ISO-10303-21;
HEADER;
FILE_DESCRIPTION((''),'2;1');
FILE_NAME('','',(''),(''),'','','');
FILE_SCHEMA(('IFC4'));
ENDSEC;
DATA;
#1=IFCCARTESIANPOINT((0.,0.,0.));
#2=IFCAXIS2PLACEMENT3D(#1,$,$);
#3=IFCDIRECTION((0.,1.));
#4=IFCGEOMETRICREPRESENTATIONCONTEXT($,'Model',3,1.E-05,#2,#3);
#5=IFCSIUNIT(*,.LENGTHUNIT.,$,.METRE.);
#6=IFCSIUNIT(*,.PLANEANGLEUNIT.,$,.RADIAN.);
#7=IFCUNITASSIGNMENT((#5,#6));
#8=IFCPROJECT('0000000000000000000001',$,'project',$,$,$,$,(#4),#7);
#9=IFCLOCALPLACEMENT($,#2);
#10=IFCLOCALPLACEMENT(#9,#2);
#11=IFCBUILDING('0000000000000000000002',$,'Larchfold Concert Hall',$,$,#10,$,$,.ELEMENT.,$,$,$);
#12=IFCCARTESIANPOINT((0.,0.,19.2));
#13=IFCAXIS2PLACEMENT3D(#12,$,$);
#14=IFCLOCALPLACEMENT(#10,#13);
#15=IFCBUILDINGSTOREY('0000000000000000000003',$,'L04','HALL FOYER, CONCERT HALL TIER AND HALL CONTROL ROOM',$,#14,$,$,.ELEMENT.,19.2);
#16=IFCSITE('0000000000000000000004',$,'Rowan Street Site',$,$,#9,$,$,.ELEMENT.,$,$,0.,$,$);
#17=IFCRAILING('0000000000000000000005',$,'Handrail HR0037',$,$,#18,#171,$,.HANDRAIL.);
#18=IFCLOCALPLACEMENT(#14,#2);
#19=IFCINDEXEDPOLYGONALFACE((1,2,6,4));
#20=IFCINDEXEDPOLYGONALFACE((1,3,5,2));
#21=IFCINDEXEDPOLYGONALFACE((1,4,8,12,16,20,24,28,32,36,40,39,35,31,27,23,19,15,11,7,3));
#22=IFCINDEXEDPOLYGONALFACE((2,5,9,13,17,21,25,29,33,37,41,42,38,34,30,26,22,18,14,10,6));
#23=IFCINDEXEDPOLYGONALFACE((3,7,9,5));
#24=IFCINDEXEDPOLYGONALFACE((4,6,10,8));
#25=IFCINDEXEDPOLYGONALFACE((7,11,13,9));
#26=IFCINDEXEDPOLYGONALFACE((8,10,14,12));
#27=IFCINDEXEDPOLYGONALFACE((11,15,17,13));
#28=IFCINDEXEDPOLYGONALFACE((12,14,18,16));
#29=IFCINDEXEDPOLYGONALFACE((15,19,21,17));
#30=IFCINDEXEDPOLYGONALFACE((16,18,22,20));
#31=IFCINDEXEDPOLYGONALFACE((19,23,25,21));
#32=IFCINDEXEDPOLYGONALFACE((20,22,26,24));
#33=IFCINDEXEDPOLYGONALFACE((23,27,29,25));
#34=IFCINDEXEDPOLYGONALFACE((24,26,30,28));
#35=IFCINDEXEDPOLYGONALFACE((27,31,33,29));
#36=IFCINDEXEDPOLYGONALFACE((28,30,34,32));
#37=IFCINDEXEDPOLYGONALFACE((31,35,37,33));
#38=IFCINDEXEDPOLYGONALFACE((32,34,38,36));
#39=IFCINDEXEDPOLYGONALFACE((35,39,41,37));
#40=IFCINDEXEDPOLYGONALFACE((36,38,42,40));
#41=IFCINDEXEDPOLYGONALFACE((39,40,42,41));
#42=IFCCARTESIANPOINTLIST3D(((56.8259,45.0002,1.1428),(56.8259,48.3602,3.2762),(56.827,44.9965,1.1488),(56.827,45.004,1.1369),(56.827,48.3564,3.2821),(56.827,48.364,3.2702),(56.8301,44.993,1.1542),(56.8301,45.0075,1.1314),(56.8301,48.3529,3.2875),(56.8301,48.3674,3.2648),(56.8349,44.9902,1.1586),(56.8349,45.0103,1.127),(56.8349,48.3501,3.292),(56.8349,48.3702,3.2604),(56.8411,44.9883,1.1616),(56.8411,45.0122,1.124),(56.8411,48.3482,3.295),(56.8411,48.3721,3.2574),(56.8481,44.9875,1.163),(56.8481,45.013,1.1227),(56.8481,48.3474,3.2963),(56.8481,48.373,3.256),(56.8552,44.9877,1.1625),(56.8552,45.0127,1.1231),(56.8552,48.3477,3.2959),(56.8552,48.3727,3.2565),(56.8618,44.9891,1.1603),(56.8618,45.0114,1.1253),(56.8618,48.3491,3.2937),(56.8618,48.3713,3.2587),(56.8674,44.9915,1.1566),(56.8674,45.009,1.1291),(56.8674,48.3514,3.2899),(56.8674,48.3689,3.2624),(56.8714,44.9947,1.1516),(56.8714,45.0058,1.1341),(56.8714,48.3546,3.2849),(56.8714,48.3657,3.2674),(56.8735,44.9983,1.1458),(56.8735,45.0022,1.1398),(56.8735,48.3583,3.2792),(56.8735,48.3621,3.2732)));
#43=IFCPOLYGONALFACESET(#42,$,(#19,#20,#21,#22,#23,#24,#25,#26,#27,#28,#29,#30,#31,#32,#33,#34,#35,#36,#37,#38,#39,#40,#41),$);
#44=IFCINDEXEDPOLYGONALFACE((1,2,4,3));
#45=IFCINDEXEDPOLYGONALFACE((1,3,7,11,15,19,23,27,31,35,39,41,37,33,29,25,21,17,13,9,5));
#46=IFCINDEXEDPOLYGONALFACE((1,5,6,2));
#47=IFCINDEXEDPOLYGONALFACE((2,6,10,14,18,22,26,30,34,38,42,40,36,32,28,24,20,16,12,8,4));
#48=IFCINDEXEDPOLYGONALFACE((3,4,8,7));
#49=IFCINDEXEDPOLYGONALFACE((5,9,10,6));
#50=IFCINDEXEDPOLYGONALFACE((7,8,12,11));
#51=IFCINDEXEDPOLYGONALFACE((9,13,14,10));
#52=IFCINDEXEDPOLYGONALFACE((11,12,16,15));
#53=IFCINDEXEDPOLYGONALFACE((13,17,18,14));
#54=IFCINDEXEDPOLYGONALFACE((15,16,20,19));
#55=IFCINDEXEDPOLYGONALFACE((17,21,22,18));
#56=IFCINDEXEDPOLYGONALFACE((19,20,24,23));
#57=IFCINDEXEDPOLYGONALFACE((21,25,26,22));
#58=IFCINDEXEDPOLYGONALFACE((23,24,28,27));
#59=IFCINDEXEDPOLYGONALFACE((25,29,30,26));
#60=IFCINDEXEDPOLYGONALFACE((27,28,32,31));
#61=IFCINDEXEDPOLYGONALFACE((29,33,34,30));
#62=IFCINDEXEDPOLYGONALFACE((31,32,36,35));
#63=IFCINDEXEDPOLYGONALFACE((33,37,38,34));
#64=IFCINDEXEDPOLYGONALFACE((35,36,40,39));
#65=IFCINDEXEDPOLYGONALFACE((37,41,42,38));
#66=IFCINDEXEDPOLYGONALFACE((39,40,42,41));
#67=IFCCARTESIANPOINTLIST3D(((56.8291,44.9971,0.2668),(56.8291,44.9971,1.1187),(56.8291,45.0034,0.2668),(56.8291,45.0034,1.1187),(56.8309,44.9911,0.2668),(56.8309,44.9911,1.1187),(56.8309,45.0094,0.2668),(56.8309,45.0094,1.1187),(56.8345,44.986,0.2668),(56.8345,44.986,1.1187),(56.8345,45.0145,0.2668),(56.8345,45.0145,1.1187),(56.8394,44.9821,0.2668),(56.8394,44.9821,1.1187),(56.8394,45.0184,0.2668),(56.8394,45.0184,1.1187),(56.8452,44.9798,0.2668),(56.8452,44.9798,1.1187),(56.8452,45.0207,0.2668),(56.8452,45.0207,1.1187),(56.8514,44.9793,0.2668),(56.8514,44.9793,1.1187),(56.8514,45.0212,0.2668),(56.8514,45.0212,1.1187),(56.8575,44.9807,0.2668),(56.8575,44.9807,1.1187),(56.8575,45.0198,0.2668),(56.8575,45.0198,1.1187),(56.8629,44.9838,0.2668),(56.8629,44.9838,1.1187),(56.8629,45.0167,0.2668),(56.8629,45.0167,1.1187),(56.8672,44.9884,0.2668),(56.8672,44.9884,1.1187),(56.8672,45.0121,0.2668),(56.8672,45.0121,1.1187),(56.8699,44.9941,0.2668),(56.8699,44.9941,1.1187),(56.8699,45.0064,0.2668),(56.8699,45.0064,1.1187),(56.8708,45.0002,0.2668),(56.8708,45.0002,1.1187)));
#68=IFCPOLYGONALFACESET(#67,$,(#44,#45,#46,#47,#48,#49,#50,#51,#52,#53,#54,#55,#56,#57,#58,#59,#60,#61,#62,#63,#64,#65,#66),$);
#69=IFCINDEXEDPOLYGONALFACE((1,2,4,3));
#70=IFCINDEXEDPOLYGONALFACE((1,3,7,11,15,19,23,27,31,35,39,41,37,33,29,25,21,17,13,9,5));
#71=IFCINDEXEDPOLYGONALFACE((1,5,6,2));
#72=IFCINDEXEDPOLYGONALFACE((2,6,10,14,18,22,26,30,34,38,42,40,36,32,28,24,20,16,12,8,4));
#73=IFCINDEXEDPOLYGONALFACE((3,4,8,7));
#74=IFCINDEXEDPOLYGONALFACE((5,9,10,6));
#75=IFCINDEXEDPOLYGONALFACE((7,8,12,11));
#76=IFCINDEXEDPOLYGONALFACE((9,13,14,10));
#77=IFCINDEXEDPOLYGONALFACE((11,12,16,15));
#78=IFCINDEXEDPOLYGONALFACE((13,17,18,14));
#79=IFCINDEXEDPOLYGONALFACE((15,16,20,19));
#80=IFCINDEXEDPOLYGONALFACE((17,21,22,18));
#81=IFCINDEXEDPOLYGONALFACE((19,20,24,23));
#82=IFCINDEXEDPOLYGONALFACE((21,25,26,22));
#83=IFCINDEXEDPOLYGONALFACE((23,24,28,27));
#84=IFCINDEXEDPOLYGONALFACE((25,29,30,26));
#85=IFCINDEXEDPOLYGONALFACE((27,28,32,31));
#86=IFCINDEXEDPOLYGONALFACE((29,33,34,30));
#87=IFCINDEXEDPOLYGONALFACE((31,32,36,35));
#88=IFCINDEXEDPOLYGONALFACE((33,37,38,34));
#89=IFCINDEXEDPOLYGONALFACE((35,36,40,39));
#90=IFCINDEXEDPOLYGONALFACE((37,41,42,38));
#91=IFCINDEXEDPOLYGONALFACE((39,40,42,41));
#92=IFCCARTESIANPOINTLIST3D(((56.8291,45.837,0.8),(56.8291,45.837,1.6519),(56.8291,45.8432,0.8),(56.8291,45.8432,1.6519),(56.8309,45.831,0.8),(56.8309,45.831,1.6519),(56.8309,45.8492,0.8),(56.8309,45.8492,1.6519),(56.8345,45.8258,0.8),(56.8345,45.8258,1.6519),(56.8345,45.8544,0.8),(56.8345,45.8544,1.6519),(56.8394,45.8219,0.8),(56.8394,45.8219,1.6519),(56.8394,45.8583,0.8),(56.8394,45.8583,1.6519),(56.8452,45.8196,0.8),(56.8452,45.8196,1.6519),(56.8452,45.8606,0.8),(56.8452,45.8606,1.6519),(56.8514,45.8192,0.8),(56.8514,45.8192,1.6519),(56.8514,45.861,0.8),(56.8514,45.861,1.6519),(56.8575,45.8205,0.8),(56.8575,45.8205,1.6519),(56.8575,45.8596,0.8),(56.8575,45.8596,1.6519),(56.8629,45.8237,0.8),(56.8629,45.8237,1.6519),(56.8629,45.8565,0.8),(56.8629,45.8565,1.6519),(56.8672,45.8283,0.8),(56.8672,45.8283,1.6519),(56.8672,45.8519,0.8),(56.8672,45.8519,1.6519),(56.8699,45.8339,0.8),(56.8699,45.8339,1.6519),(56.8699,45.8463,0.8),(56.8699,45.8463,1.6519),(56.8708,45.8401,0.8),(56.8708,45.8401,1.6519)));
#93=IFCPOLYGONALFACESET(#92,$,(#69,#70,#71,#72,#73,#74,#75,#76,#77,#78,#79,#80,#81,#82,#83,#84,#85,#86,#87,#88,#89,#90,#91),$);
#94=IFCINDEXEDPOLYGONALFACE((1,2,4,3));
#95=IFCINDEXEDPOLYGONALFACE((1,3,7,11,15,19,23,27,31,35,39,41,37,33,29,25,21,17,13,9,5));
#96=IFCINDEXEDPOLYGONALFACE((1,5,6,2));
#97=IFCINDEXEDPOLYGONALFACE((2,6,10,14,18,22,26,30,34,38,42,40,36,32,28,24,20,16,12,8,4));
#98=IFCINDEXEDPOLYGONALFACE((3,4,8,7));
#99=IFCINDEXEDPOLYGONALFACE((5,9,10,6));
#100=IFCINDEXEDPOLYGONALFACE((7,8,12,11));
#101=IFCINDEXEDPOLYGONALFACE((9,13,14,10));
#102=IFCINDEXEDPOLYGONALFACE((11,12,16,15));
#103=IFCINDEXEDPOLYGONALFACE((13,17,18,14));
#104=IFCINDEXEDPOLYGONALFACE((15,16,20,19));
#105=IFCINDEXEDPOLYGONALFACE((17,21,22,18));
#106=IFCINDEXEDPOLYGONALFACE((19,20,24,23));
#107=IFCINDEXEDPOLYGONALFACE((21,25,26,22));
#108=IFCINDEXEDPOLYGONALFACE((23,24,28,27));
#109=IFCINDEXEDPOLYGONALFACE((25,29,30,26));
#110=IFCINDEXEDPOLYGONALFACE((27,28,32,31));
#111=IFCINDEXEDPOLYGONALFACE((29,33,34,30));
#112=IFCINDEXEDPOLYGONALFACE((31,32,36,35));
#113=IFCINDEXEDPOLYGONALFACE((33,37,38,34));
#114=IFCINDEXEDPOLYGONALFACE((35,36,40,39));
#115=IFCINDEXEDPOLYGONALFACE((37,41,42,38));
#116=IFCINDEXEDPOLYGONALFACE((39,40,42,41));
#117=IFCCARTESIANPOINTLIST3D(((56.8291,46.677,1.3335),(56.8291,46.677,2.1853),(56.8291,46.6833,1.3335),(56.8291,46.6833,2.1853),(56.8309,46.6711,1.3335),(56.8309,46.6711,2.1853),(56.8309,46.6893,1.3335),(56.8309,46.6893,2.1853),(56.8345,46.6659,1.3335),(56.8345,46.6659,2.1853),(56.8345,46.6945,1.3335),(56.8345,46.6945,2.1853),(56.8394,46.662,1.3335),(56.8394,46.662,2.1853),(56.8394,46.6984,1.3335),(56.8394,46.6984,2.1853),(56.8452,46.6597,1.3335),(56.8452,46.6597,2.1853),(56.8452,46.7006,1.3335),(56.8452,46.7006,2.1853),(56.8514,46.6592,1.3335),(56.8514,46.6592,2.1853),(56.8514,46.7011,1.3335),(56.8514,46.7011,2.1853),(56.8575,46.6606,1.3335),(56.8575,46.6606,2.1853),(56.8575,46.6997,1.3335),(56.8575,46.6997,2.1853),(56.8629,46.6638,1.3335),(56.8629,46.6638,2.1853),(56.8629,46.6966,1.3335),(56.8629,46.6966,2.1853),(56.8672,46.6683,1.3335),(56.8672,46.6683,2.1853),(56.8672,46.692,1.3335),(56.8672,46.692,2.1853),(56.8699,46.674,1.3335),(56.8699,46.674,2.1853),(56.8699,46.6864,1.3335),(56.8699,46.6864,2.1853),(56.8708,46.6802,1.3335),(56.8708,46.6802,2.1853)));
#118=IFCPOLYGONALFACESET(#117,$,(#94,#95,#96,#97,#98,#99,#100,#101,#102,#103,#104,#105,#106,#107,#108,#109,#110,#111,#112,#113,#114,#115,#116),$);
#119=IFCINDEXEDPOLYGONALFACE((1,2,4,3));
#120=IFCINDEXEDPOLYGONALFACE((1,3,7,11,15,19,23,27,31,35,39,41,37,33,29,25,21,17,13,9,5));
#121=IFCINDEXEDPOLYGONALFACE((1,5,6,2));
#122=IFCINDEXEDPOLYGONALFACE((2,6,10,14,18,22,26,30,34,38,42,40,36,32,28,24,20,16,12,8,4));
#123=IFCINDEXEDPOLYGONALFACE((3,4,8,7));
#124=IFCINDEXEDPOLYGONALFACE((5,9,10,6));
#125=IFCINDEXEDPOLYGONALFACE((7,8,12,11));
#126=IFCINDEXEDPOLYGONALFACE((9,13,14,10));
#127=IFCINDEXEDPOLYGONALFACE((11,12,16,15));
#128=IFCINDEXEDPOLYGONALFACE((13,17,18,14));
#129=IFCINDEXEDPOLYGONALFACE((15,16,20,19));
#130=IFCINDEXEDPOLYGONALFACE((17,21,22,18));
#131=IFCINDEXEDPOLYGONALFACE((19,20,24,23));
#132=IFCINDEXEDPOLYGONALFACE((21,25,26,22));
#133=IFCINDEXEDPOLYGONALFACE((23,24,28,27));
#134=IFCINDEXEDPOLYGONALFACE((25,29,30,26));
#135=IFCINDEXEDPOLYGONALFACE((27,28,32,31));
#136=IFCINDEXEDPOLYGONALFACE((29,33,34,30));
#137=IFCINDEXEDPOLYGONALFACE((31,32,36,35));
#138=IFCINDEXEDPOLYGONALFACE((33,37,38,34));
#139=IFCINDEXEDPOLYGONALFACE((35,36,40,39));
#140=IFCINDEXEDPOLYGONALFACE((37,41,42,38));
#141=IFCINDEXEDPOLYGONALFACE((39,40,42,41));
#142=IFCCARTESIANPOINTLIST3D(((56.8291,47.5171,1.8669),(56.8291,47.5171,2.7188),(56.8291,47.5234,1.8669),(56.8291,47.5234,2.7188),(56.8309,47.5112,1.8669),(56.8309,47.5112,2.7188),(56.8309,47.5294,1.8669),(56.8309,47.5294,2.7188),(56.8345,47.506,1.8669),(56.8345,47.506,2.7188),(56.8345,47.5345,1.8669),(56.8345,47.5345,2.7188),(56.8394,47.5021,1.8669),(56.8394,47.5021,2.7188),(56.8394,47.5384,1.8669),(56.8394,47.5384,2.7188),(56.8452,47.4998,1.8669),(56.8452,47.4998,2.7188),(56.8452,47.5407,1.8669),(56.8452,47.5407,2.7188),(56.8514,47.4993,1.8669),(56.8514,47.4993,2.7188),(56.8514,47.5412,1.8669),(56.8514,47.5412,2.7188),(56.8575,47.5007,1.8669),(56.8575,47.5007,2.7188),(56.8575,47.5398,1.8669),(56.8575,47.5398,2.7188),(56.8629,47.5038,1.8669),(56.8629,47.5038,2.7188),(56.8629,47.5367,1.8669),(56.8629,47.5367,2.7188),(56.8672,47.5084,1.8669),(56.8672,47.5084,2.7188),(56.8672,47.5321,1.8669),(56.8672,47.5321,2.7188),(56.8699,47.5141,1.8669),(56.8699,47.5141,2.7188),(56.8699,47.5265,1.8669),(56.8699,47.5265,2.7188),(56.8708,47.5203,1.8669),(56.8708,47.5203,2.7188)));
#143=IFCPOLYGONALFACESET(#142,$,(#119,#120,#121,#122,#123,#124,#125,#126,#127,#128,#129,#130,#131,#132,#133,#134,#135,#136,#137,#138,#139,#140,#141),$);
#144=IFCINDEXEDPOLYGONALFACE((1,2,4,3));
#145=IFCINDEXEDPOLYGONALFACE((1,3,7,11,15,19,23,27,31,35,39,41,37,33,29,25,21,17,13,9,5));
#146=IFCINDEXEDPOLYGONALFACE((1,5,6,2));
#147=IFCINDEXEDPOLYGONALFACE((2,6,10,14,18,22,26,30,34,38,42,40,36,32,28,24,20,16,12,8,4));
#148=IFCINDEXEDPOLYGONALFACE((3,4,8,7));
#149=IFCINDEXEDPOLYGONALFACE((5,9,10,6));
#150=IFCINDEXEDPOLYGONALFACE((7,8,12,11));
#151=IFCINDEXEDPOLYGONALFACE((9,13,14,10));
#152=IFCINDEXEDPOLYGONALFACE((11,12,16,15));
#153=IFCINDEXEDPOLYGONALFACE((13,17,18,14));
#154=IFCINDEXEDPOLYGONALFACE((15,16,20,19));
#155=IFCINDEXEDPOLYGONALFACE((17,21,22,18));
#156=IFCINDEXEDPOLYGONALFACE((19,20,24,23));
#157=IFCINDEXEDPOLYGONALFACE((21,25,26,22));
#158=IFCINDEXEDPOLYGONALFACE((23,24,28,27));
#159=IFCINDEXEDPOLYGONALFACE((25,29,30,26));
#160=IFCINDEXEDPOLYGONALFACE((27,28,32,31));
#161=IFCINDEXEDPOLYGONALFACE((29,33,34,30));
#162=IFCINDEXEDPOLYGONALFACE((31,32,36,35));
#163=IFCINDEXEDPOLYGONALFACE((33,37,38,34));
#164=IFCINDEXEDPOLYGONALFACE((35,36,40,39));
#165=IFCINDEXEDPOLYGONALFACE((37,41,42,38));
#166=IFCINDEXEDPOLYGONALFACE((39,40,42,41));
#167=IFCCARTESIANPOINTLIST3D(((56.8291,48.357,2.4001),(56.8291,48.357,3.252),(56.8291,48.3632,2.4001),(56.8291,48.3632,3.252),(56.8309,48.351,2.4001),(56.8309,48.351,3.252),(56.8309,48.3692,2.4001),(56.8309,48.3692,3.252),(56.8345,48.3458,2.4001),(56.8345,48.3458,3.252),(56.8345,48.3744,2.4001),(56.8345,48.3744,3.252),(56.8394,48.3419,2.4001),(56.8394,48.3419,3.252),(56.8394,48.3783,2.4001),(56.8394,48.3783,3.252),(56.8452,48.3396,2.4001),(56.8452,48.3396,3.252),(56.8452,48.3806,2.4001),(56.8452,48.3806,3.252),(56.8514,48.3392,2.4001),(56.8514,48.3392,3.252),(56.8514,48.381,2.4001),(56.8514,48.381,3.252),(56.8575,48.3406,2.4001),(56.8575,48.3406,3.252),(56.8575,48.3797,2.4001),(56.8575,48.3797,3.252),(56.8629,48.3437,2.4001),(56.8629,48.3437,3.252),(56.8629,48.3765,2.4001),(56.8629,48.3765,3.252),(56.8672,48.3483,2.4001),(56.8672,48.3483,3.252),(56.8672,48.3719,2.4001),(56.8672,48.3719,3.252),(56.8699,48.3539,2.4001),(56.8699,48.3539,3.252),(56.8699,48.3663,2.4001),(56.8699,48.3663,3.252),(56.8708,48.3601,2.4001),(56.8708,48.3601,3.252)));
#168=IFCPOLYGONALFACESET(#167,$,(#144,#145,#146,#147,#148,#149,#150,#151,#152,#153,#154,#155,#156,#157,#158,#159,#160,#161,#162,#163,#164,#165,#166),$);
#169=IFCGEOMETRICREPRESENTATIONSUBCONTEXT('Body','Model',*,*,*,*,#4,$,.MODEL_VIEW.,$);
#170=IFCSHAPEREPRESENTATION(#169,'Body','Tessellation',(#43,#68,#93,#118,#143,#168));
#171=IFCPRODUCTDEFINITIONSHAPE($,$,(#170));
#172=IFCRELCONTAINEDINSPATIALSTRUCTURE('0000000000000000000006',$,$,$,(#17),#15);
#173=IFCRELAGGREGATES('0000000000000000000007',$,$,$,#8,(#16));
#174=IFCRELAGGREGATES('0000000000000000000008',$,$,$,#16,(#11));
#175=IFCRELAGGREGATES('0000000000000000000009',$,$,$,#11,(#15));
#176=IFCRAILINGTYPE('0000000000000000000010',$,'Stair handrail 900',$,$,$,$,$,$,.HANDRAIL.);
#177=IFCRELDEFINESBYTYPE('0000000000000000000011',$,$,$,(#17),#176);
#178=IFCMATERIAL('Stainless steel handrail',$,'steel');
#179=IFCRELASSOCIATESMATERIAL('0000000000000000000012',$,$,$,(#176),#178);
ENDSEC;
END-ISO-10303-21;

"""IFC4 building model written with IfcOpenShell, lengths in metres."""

from ifc_helpers import new_model, si_unit, direction, frame, origin, origin_2d, place, context, subcontext, project, spatial, circle, extrude, material, type_object, element, save


model = new_model("IFC4")

# Units and contexts
model_context = context("Model", 3, precision=1e-05, world=origin(), true_north=direction((0.0, 1.0)))
body_context = subcontext(model_context, "Body", "Model", "MODEL_VIEW")
ifc_project = project(units=[si_unit("LENGTHUNIT", "METRE"), si_unit("PLANEANGLEUNIT", "RADIAN")], contexts=[model_context])

# Site, building, storey
site_placement = place(None, origin())
site = spatial("IfcSite", under=ifc_project, at=site_placement, Name="Rowan Street Site", CompositionType="ELEMENT", RefElevation=0.0)
building_placement = place(site_placement, origin())
building = spatial("IfcBuilding", under=site, at=building_placement, Name="Larchfold Concert Hall", CompositionType="ELEMENT")
storey_placement = place(building_placement, frame((0.0, 0.0, 19.2)))
storey = spatial("IfcBuildingStorey", under=building, at=storey_placement, Name="L04", Description="HALL FOYER, CONCERT HALL TIER AND HALL CONTROL ROOM", CompositionType="ELEMENT", Elevation=19.2)

# Railing
ifc_material_1 = material(Name="Stainless steel handrail", Category="steel")
railing_type_1 = type_object("IfcRailingType", Name="Stair handrail 900", PredefinedType="HANDRAIL", material=ifc_material_1)
railing_1_placement = place(storey_placement, frame((56.8499, 45.0002, 0.2668)))
element("IfcRailing", 1, at=railing_1_placement, inside=storey, type_object=railing_type_1, Name="Handrail HR0037", PredefinedType="HANDRAIL", context=body_context, shape_type="SweptSolid", body=[
    extrude(circle(Radius=0.0239, at=origin_2d()), frame((0.0, 0.0, 0.876), z_axis=(0.0, 0.844207, 0.536018), x_axis=(-1.0, 0.0, 0.0)), (0.0, 0.0, 1.0), 3.98),
    extrude(circle(Radius=0.021, at=origin_2d()), origin(), (0.0, 0.0, 1.0), 0.8518),
    extrude(circle(Radius=0.021, at=origin_2d()), frame((0.0, 0.8398, 0.5332)), (0.0, 0.0, 1.0), 0.8518),
    extrude(circle(Radius=0.021, at=origin_2d()), frame((0.0, 1.6799, 1.0667)), (0.0, 0.0, 1.0), 0.8518),
    extrude(circle(Radius=0.021, at=origin_2d()), frame((0.0, 2.52, 1.6001)), (0.0, 0.0, 1.0), 0.8518),
    extrude(circle(Radius=0.021, at=origin_2d()), frame((0.0, 3.3599, 2.1333)), (0.0, 0.0, 1.0), 0.8518),
])

save(model, "model.ifc")
